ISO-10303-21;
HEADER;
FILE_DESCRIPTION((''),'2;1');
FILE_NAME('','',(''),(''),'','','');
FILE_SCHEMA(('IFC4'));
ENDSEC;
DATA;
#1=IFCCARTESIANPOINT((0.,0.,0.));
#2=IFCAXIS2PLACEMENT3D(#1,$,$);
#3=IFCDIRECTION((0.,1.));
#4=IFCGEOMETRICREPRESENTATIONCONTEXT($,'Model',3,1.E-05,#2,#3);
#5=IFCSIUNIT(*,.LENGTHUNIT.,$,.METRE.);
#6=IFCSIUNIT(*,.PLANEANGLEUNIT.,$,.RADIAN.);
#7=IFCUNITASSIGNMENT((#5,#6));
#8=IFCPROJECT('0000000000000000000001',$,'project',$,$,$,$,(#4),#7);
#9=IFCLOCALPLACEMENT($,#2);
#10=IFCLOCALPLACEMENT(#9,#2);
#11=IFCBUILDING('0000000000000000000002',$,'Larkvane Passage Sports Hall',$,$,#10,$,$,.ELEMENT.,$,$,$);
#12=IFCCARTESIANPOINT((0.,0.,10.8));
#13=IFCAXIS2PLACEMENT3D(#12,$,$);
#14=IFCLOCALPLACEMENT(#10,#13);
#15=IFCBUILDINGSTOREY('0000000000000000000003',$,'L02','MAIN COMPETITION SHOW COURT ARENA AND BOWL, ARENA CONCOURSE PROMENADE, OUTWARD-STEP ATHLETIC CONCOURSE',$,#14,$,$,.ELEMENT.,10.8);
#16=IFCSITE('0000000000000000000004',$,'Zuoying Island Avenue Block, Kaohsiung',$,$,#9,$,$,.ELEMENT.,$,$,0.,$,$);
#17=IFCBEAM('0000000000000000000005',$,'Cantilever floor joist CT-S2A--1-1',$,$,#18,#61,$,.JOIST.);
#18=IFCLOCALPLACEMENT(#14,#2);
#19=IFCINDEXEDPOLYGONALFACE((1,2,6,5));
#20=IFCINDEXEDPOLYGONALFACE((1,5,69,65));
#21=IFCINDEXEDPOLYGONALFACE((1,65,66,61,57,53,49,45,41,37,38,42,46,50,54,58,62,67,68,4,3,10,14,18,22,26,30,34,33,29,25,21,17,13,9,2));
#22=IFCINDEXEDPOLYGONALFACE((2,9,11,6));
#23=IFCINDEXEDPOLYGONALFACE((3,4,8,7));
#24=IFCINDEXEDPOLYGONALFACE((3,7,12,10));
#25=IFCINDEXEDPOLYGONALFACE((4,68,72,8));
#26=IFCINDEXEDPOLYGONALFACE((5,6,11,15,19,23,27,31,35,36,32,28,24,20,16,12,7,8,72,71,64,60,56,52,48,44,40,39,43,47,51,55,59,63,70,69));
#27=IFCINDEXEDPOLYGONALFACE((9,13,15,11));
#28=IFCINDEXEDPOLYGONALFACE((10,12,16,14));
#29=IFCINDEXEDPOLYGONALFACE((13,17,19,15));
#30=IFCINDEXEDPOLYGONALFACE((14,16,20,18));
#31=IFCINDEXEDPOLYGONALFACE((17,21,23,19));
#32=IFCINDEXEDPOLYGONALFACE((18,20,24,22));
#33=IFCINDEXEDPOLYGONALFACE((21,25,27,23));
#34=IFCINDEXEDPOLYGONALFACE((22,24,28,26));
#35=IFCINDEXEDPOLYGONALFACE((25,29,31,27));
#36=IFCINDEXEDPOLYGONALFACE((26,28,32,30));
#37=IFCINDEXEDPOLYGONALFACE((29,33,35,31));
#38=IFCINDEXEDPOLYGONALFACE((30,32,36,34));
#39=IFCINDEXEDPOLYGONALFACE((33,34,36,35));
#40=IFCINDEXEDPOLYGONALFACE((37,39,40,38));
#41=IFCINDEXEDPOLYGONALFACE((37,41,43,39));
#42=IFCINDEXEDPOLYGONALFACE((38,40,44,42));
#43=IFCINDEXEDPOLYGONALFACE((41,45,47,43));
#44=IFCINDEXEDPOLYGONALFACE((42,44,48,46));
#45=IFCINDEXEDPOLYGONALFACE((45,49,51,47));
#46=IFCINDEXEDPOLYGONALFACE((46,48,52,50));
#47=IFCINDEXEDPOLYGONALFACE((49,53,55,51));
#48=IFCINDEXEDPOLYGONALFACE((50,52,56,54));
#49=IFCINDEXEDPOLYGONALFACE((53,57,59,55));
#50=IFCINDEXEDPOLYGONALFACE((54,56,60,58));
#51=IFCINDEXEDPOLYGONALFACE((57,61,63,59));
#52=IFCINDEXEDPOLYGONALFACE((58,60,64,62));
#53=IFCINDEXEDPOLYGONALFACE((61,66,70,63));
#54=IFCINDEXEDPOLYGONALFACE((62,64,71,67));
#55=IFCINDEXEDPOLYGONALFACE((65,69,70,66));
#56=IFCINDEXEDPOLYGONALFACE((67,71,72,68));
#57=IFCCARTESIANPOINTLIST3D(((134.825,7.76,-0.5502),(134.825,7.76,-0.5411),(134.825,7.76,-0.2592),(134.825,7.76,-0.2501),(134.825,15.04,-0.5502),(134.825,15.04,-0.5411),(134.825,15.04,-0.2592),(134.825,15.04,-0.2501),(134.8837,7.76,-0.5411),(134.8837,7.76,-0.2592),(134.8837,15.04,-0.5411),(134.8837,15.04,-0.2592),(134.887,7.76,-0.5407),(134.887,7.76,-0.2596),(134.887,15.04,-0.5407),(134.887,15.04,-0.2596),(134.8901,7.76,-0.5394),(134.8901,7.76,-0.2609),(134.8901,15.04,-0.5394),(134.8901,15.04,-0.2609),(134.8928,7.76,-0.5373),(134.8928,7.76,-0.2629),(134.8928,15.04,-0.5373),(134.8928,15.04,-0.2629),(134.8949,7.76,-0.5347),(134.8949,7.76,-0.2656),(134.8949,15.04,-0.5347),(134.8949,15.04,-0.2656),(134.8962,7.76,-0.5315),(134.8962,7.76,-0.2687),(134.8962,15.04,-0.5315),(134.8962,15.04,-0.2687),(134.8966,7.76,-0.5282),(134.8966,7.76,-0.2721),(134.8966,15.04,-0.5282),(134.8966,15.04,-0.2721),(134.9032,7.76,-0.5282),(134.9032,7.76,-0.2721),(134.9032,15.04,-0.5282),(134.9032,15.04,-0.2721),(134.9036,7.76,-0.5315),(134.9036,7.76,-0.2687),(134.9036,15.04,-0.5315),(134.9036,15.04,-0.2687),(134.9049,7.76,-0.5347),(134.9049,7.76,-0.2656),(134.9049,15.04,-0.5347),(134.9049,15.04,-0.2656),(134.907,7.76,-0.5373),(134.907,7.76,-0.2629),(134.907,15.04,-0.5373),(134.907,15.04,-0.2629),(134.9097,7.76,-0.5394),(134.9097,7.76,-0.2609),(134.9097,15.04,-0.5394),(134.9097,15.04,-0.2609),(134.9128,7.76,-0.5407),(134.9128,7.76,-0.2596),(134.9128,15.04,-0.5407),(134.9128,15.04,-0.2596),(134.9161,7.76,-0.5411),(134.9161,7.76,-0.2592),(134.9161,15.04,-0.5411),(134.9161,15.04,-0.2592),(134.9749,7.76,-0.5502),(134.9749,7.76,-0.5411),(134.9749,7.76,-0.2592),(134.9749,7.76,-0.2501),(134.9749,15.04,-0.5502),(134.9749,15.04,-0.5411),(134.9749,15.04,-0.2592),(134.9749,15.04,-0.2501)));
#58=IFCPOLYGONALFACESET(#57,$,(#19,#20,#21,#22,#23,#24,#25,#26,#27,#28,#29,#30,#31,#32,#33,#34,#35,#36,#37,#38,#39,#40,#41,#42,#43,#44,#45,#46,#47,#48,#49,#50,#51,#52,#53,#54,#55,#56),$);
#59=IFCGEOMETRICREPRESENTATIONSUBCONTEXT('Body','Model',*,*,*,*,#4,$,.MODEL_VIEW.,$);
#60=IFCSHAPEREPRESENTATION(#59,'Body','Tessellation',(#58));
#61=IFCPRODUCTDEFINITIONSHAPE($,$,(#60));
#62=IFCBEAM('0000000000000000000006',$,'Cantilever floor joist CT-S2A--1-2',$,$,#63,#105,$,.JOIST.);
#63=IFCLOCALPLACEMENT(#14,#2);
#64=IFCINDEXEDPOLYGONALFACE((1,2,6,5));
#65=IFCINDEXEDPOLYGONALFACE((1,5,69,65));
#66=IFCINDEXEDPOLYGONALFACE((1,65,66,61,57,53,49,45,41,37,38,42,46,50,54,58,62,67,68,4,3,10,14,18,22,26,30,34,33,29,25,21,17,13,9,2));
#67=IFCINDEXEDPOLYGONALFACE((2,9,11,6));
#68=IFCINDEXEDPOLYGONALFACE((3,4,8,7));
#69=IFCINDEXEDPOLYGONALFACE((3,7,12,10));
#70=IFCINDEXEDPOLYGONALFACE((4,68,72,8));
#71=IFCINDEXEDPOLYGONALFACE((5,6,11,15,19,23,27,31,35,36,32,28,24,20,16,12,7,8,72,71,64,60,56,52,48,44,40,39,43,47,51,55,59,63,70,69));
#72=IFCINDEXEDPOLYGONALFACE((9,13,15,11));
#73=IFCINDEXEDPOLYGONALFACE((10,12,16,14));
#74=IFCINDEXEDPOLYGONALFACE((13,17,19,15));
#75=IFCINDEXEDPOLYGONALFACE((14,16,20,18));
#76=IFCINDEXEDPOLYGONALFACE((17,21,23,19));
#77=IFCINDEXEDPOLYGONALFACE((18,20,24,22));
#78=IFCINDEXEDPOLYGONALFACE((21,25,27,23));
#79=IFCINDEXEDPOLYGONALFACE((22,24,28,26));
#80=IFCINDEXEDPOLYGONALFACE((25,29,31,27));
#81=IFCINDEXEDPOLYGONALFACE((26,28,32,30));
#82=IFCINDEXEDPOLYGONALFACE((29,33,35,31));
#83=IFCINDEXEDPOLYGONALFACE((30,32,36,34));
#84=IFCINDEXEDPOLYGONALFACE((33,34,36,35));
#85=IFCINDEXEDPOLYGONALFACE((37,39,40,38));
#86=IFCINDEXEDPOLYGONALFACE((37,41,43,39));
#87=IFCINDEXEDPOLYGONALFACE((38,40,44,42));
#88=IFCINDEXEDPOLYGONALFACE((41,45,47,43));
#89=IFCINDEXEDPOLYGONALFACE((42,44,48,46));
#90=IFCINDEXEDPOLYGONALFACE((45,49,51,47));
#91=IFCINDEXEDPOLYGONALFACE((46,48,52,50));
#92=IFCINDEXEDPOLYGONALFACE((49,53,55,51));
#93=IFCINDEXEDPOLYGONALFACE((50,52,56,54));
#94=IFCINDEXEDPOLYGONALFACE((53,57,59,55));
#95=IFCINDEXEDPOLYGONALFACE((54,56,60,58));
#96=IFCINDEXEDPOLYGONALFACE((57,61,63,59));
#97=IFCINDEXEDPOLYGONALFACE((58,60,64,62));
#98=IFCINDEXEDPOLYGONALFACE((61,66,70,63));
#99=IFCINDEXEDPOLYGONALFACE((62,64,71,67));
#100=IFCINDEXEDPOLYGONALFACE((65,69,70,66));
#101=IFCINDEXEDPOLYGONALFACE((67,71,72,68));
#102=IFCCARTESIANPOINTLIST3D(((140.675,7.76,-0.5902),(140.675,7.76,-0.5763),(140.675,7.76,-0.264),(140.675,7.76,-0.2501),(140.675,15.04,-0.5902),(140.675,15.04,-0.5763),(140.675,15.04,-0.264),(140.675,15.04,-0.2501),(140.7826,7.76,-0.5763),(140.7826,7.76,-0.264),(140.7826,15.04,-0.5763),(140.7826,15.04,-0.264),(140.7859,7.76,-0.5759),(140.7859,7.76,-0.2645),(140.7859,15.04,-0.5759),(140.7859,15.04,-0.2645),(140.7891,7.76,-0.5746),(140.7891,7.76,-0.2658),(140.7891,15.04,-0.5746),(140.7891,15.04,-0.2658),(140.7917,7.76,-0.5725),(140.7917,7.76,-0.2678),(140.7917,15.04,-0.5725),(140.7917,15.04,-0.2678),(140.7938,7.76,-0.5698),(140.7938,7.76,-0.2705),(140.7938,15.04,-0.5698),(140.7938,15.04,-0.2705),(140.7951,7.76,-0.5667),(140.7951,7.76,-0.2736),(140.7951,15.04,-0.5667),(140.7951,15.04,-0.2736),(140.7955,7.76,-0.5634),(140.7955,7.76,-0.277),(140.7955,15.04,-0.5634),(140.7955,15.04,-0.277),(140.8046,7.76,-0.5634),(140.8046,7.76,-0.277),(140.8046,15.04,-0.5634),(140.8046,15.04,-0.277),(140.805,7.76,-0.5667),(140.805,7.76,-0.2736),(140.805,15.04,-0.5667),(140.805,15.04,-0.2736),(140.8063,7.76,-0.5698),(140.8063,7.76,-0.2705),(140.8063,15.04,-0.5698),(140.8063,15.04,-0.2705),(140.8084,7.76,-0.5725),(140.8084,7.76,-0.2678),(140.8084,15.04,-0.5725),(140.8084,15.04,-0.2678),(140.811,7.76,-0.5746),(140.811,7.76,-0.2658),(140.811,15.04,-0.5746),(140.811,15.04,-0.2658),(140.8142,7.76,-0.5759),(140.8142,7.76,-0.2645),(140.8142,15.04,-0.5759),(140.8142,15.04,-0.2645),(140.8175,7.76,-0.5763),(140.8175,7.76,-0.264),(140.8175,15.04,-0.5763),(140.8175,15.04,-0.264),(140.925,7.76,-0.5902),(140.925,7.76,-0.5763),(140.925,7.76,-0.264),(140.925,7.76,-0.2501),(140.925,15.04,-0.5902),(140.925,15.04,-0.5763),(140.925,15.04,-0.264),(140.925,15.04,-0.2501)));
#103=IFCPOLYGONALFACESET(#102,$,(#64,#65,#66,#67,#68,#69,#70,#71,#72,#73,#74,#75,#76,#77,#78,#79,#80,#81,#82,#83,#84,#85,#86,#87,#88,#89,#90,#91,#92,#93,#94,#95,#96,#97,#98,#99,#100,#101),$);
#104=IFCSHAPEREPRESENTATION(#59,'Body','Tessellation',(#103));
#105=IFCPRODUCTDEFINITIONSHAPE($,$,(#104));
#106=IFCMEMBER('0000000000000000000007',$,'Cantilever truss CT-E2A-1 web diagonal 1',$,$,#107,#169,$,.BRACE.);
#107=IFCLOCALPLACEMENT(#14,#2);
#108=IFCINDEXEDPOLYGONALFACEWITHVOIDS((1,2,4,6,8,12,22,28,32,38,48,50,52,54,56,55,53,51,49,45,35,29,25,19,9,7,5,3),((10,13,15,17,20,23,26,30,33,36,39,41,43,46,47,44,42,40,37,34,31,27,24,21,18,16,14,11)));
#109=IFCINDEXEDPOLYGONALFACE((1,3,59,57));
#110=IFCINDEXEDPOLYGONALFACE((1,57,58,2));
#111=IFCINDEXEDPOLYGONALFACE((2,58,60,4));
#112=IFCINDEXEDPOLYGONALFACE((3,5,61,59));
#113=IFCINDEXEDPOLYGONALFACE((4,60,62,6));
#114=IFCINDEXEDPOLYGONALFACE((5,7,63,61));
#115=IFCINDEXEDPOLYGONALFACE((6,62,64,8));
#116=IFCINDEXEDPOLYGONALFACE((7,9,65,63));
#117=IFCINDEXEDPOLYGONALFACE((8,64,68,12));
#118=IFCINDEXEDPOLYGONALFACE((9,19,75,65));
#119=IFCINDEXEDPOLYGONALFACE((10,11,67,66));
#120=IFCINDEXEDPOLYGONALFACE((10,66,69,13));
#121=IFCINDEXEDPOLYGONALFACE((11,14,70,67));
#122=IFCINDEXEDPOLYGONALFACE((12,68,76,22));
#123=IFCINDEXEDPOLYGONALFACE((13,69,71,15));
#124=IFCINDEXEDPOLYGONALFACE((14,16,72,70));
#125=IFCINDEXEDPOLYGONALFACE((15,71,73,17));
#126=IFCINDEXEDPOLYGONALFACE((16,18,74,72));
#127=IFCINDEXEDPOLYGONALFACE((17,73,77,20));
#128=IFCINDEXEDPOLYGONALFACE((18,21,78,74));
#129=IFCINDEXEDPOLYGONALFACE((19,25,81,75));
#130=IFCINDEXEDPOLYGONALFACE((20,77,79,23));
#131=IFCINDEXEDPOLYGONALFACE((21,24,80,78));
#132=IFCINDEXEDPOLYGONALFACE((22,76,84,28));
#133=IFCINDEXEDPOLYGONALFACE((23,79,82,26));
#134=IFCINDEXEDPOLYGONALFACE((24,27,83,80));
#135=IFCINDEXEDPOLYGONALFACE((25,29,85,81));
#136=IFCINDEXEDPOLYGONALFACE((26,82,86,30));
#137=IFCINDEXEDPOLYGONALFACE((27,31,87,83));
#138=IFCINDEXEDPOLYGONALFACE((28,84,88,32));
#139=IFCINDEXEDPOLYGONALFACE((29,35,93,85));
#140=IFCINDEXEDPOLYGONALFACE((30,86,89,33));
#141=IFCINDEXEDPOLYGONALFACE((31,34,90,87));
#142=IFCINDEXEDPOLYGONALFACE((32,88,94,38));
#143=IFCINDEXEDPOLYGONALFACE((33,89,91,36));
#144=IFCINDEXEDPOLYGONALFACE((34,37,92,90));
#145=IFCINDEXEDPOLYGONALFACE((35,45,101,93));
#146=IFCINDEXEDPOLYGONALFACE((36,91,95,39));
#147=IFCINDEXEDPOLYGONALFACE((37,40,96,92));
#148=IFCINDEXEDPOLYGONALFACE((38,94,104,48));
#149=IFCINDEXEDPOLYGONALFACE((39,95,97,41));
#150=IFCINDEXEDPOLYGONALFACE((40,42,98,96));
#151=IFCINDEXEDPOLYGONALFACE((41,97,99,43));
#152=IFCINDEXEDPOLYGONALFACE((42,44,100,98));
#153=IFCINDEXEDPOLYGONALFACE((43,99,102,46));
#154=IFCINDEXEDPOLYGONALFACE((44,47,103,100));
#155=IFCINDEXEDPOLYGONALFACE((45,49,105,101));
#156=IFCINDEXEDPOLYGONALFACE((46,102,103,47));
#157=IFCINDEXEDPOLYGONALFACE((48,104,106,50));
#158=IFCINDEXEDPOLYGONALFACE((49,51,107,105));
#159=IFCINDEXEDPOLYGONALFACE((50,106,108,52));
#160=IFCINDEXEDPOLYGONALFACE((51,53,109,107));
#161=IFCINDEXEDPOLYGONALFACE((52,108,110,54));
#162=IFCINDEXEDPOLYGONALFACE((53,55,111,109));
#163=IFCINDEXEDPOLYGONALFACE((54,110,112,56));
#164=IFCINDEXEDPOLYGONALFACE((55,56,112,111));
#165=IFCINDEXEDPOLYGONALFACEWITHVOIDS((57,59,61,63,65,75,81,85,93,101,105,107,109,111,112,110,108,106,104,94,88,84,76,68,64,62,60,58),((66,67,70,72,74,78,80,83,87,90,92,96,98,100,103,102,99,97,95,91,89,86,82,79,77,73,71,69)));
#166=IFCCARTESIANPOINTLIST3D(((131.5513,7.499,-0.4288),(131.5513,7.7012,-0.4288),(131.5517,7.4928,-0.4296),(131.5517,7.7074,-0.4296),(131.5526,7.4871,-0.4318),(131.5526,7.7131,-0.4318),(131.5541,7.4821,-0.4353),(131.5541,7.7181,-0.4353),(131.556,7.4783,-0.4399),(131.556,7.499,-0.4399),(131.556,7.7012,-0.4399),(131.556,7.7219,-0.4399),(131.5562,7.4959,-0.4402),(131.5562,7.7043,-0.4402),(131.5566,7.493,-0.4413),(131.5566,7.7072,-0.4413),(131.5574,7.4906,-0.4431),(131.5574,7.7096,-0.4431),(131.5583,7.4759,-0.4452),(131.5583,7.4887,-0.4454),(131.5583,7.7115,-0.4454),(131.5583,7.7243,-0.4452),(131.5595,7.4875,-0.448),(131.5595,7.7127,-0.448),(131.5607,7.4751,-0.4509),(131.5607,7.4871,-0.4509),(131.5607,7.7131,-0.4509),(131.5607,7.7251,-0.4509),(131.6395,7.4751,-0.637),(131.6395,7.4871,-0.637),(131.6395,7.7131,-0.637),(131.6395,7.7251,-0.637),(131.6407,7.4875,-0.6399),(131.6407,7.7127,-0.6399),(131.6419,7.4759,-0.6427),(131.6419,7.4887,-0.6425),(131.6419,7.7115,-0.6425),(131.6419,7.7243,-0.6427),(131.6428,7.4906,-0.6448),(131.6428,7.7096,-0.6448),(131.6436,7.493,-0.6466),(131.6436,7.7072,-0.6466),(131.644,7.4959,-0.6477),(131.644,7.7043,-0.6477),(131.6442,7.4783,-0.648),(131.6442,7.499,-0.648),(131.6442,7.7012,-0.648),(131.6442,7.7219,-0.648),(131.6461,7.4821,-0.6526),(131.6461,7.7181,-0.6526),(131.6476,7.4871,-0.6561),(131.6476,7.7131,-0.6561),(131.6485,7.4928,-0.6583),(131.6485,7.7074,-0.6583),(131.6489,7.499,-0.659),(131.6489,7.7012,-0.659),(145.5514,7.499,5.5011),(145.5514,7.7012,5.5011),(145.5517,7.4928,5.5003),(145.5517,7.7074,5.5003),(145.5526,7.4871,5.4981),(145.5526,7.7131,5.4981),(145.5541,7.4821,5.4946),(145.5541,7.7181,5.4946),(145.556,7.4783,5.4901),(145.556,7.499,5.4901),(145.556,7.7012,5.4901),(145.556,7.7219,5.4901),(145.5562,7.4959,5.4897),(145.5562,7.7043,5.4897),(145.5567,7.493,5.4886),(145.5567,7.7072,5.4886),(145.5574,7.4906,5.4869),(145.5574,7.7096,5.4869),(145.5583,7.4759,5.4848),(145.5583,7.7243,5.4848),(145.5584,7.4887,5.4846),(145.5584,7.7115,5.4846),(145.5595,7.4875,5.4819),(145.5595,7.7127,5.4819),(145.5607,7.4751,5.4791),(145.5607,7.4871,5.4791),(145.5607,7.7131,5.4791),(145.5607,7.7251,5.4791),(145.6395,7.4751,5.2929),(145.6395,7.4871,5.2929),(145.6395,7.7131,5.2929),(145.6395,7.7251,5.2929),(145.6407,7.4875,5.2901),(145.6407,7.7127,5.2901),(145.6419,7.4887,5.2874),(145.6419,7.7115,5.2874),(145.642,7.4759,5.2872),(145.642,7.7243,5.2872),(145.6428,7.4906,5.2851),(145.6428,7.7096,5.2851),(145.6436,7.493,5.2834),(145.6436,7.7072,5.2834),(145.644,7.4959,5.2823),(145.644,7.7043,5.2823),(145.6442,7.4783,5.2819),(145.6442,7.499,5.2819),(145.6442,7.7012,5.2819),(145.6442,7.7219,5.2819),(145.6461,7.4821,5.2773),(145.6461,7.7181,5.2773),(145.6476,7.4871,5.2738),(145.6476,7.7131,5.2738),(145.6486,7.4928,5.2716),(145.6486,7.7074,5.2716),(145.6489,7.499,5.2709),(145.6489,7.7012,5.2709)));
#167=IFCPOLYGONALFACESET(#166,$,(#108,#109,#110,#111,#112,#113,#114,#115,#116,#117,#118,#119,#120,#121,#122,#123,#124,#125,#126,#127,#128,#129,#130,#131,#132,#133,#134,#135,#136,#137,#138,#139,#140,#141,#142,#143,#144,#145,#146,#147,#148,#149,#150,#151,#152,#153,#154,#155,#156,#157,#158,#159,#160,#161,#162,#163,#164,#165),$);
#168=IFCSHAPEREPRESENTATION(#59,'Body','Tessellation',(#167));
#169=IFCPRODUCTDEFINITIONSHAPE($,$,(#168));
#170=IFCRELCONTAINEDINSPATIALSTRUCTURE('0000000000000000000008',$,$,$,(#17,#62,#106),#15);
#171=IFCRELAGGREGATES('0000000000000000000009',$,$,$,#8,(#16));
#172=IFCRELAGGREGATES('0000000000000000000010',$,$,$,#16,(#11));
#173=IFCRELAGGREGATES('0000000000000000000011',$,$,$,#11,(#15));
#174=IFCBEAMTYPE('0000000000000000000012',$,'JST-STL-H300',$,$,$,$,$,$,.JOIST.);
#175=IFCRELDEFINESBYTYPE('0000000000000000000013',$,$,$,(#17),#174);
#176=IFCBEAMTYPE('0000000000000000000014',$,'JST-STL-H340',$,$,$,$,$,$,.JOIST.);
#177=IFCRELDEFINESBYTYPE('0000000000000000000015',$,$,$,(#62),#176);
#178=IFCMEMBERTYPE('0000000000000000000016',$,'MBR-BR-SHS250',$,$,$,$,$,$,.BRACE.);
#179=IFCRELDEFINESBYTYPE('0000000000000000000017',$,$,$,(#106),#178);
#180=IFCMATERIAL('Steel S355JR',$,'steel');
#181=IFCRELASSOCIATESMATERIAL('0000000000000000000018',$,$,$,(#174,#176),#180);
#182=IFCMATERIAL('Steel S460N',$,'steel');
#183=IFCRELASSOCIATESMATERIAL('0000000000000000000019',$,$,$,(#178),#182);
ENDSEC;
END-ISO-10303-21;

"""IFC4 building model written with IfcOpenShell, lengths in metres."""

from ifc_helpers import new_model, si_unit, direction, frame, origin, origin_2d, place, context, subcontext, project, spatial, hollow_rectangle, i_section, extrude, material, material_profile, profile_set, type_object, element, save


model = new_model("IFC4")

# Units and contexts
model_context = context("Model", 3, precision=1e-05, world=origin(), true_north=direction((0.0, 1.0)))
body_context = subcontext(model_context, "Body", "Model", "MODEL_VIEW")
ifc_project = project(units=[si_unit("LENGTHUNIT", "METRE"), si_unit("PLANEANGLEUNIT", "RADIAN")], contexts=[model_context])

# Site, building, storey
site_placement = place(None, origin())
site = spatial("IfcSite", under=ifc_project, at=site_placement, Name="Zuoying Island Avenue Block, Kaohsiung", CompositionType="ELEMENT", RefElevation=0.0)
building_placement = place(site_placement, origin())
building = spatial("IfcBuilding", under=site, at=building_placement, Name="Larkvane Passage Sports Hall", CompositionType="ELEMENT")
storey_placement = place(building_placement, frame((0.0, 0.0, 10.8)))
storey = spatial("IfcBuildingStorey", under=building, at=storey_placement, Name="L02", Description="MAIN COMPETITION SHOW COURT ARENA AND BOWL, ARENA CONCOURSE PROMENADE, OUTWARD-STEP ATHLETIC CONCOURSE", CompositionType="ELEMENT", Elevation=10.8)

# Shared definitions
ifc_material_1 = material(Name="Steel S460N", Category="steel")

# Beams
ifc_material_2 = material(Name="Steel S355JR", Category="steel")
ifc_material_profile_1 = material_profile(ifc_material_2, i_section(OverallWidth=0.1499, OverallDepth=0.3, WebThickness=0.0066, FlangeThickness=0.009, FilletRadius=0.0129, at=origin_2d()), Name="H-300x150x6.5x9")
ifc_profile_set_1 = profile_set([ifc_material_profile_1], Name="Steel S355JR")
beam_type_1 = type_object("IfcBeamType", Name="JST-STL-H300", PredefinedType="JOIST", material=ifc_profile_set_1)
beam_1_placement = place(storey_placement, frame((134.8999, 7.76, -0.4001), z_axis=(0.0, 1.0, 0.0), x_axis=(-1.0, 0.0, 0.0)))
element("IfcBeam", 1, at=beam_1_placement, inside=storey, type_object=beam_type_1, Name="Cantilever floor joist CT-S2A--1-1", PredefinedType="JOIST", context=body_context, shape_type="SweptSolid", body=[
    extrude(i_section(OverallWidth=0.1499, OverallDepth=0.3, WebThickness=0.0066, FlangeThickness=0.009, FilletRadius=0.0129, at=origin_2d()), origin(), (0.0, 0.0, 1.0), 7.28),
])
ifc_material_profile_2 = material_profile(ifc_material_2, i_section(OverallWidth=0.25, OverallDepth=0.3401, WebThickness=0.009, FlangeThickness=0.0139, FilletRadius=0.0129, at=origin_2d()), Name="H-340x250x9x14")
ifc_profile_set_2 = profile_set([ifc_material_profile_2], Name="Steel S355JR")
beam_type_2 = type_object("IfcBeamType", Name="JST-STL-H340", PredefinedType="JOIST", material=ifc_profile_set_2)
beam_2_placement = place(storey_placement, frame((140.8, 7.76, -0.4202), z_axis=(0.0, 1.0, 0.0), x_axis=(-1.0, 0.0, 0.0)))
element("IfcBeam", 2, at=beam_2_placement, inside=storey, type_object=beam_type_2, Name="Cantilever floor joist CT-S2A--1-2", PredefinedType="JOIST", context=body_context, shape_type="SweptSolid", body=[
    extrude(i_section(OverallWidth=0.25, OverallDepth=0.3401, WebThickness=0.009, FlangeThickness=0.0139, FilletRadius=0.0129, at=origin_2d()), origin(), (0.0, 0.0, 1.0), 7.28),
])

# Member
ifc_material_profile_3 = material_profile(ifc_material_1, hollow_rectangle(XDim=0.25, YDim=0.25, WallThickness=0.012, InnerFilletRadius=0.012, OuterFilletRadius=0.0239, at=origin_2d()), Name="SHS-250x250x12")
ifc_profile_set_3 = profile_set([ifc_material_profile_3], Name="Steel S460N")
member_type_1 = type_object("IfcMemberType", Name="MBR-BR-SHS250", PredefinedType="BRACE", material=ifc_profile_set_3)
member_1_placement = place(storey_placement, frame((131.6001, 7.6001, -0.5439), z_axis=(0.920805, 0.0, 0.390022), x_axis=(0.0, 1.0, 0.0)))
element("IfcMember", 3, at=member_1_placement, inside=storey, type_object=member_type_1, Name="Cantilever truss CT-E2A-1 web diagonal 1", PredefinedType="BRACE", context=body_context, shape_type="SweptSolid", body=[
    extrude(hollow_rectangle(XDim=0.25, YDim=0.25, WallThickness=0.012, InnerFilletRadius=0.012, OuterFilletRadius=0.0239, at=origin_2d()), origin(), (0.0, 0.0, 1.0), 15.2041),
])

save(model, "model.ifc")
